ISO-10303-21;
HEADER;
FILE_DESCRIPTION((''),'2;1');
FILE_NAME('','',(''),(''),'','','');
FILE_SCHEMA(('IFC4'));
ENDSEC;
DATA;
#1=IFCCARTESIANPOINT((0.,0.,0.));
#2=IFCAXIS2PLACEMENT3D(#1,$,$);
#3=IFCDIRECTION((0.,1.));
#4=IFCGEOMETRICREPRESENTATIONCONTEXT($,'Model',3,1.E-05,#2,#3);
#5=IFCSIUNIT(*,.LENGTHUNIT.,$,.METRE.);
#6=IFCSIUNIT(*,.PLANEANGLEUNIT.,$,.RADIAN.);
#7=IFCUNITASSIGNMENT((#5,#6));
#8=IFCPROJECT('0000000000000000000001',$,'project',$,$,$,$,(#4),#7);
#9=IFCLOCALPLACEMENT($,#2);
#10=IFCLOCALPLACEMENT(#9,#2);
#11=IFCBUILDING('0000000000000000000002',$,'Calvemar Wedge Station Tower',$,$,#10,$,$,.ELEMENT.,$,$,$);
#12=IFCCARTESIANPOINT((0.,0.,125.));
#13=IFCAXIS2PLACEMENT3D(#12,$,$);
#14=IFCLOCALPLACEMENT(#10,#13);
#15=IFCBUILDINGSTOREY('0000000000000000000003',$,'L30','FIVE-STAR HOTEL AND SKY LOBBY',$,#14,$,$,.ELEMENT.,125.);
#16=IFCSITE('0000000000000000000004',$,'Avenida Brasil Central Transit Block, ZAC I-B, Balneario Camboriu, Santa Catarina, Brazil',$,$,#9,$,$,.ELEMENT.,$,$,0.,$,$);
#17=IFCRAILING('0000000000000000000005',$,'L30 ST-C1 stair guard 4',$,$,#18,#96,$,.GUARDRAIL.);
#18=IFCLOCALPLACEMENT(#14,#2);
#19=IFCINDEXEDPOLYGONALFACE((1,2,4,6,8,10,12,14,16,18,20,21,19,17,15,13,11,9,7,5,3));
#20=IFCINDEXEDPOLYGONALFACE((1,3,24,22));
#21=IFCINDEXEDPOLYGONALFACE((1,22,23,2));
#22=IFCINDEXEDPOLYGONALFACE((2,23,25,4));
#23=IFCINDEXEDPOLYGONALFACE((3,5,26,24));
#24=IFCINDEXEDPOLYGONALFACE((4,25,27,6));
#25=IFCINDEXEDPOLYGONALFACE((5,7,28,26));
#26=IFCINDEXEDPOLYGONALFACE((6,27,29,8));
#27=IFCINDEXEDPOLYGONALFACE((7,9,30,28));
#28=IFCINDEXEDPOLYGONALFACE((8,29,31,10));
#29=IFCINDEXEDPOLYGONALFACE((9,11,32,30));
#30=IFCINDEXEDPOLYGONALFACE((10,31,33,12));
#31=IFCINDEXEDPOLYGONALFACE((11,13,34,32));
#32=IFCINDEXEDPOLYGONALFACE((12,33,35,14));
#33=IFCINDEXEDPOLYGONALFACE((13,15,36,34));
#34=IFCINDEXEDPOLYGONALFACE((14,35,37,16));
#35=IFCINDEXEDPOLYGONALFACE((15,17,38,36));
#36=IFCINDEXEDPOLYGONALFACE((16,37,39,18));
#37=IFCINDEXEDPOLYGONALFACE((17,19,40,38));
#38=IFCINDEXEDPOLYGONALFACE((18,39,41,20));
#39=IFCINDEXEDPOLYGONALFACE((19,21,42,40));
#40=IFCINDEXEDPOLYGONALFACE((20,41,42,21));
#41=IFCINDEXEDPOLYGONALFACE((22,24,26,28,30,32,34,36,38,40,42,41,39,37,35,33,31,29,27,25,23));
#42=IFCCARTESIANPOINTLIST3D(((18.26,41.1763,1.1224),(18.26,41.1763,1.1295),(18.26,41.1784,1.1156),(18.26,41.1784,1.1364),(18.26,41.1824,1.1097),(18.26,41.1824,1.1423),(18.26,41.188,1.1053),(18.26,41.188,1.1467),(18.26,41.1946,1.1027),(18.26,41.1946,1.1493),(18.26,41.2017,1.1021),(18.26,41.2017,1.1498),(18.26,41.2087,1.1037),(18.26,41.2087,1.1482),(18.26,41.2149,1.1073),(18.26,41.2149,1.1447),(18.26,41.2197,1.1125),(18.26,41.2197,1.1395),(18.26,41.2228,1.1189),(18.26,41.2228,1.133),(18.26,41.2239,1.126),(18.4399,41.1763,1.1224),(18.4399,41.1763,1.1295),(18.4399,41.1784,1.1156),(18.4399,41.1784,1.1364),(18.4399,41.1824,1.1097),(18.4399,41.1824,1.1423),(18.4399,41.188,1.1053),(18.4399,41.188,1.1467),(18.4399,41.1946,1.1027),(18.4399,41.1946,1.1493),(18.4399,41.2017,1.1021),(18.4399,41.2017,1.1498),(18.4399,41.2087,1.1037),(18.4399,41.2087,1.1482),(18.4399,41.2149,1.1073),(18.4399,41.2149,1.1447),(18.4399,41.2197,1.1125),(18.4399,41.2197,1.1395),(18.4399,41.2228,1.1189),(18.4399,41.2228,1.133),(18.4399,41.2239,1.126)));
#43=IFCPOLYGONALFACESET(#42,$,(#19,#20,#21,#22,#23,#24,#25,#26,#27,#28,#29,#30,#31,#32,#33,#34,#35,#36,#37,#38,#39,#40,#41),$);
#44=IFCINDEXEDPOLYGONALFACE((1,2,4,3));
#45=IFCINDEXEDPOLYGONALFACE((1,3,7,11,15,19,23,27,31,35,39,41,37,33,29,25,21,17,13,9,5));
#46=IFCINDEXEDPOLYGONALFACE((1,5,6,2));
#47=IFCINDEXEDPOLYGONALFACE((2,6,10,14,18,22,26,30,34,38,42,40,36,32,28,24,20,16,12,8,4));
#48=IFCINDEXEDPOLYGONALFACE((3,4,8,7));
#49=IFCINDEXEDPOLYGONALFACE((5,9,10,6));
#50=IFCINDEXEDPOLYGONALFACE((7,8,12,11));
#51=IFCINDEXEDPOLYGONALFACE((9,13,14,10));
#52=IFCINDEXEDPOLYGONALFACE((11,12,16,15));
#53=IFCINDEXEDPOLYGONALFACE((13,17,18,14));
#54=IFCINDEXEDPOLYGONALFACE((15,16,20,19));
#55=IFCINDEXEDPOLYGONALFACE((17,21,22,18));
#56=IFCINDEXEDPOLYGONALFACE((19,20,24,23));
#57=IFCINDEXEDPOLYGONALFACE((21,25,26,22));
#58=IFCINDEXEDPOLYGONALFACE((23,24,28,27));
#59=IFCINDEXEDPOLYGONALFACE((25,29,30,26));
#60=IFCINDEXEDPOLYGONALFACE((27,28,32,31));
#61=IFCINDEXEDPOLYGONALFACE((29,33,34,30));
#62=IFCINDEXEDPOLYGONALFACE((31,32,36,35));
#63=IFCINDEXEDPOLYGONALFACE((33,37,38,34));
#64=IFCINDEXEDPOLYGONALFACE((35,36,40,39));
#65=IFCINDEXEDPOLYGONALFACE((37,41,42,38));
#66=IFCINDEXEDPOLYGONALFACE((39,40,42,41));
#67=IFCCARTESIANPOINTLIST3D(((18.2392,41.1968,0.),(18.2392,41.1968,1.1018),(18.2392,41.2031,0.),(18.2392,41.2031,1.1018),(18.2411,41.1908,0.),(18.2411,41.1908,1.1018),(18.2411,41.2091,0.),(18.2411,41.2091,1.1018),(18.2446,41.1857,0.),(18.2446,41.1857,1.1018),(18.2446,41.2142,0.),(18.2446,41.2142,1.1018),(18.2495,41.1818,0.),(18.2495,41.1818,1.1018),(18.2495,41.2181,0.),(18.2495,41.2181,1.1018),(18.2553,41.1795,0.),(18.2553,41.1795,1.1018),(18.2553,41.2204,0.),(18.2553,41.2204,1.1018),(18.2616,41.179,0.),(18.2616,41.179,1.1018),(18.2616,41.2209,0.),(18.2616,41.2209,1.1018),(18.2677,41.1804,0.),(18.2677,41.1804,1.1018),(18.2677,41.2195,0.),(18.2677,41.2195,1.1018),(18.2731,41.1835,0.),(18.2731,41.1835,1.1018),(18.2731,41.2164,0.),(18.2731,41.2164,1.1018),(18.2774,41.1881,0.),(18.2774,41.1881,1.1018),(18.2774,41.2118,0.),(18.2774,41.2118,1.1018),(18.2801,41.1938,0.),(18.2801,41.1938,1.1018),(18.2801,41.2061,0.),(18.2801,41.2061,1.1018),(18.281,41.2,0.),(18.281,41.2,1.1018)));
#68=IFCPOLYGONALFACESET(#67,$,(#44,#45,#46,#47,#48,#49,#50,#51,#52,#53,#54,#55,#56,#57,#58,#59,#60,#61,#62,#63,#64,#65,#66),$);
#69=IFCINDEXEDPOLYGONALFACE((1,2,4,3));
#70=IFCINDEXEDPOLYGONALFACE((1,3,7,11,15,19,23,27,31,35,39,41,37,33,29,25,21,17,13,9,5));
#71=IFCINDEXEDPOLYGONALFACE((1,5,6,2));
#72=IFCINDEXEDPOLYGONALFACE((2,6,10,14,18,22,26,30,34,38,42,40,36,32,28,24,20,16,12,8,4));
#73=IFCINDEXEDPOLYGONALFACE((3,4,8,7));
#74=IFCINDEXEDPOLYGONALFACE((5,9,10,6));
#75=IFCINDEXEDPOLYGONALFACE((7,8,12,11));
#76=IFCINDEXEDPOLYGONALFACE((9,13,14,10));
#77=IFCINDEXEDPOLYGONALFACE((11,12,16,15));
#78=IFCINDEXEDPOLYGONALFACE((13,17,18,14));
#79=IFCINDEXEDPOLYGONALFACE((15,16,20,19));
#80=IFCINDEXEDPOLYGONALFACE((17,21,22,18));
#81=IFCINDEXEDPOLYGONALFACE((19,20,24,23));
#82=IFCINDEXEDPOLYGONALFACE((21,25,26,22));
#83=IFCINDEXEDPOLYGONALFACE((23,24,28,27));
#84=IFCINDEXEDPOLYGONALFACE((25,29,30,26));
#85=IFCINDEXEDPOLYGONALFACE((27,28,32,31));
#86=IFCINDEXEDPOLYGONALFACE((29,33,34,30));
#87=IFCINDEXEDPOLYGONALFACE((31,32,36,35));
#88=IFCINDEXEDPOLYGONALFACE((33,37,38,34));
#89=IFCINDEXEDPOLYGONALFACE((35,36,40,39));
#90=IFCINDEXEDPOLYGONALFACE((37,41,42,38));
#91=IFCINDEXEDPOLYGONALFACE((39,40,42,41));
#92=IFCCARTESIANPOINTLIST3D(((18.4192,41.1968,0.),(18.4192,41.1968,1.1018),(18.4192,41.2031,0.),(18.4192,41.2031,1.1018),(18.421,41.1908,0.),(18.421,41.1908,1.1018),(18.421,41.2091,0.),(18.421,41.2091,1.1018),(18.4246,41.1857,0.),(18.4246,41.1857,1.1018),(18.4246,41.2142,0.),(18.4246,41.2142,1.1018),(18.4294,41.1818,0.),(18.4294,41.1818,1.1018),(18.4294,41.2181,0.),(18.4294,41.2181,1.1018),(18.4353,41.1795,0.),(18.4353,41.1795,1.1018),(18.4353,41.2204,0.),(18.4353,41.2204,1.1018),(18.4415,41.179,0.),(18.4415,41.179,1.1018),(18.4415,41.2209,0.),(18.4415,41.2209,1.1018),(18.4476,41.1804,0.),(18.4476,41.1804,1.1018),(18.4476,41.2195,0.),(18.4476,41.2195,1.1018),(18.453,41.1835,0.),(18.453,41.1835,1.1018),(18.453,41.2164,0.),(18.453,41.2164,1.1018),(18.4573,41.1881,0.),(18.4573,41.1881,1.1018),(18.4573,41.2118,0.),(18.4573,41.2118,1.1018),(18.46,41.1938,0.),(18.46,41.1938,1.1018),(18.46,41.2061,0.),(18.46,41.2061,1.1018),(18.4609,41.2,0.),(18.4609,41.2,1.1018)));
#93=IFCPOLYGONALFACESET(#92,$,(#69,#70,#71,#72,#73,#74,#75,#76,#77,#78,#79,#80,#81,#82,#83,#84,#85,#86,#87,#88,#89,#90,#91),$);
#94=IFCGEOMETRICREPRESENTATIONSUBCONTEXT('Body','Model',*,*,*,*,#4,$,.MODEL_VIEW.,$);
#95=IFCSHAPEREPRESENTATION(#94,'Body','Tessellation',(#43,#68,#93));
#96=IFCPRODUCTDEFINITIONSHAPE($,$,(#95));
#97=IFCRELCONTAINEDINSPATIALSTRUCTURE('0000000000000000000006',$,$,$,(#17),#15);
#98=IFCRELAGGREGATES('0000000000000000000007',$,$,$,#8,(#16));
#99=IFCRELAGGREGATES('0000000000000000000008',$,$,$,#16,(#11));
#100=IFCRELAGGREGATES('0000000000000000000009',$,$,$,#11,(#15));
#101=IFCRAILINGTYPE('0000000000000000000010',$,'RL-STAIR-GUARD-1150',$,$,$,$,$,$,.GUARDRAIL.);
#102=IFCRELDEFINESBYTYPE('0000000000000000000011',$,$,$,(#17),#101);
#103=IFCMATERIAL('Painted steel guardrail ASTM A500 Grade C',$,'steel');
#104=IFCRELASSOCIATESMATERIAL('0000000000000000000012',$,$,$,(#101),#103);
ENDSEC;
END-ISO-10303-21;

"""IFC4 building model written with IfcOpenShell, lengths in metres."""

from ifc_helpers import new_model, si_unit, direction, frame, origin, origin_2d, place, context, subcontext, project, spatial, circle, extrude, material, type_object, element, save


model = new_model("IFC4")

# Units and contexts
model_context = context("Model", 3, precision=1e-05, world=origin(), true_north=direction((0.0, 1.0)))
body_context = subcontext(model_context, "Body", "Model", "MODEL_VIEW")
ifc_project = project(units=[si_unit("LENGTHUNIT", "METRE"), si_unit("PLANEANGLEUNIT", "RADIAN")], contexts=[model_context])

# Site, building, storey
site_placement = place(None, origin())
site = spatial("IfcSite", under=ifc_project, at=site_placement, Name="Avenida Brasil Central Transit Block, ZAC I-B, Balneario Camboriu, Santa Catarina, Brazil", CompositionType="ELEMENT", RefElevation=0.0)
building_placement = place(site_placement, origin())
building = spatial("IfcBuilding", under=site, at=building_placement, Name="Calvemar Wedge Station Tower", CompositionType="ELEMENT")
storey_placement = place(building_placement, frame((0.0, 0.0, 125.0)))
storey = spatial("IfcBuildingStorey", under=building, at=storey_placement, Name="L30", Description="FIVE-STAR HOTEL AND SKY LOBBY", CompositionType="ELEMENT", Elevation=125.0)

# Railing
ifc_material_1 = material(Name="Painted steel guardrail ASTM A500 Grade C", Category="steel")
railing_type_1 = type_object("IfcRailingType", Name="RL-STAIR-GUARD-1150", PredefinedType="GUARDRAIL", material=ifc_material_1)
railing_1_placement = place(storey_placement, frame((18.26, 41.2, 0.0)))
element("IfcRailing", 1, at=railing_1_placement, inside=storey, type_object=railing_type_1, Name="L30 ST-C1 stair guard 4", PredefinedType="GUARDRAIL", context=body_context, shape_type="SweptSolid", body=[
    extrude(circle(Radius=0.0239, at=origin_2d()), frame((0.0, 0.0, 1.126), z_axis=(1.0, 0.0, 0.0), x_axis=(0.0, 1.0, 0.0)), (0.0, 0.0, 1.0), 0.1799),
    extrude(circle(Radius=0.021, at=origin_2d()), origin(), (0.0, 0.0, 1.0), 1.1018),
    extrude(circle(Radius=0.021, at=origin_2d()), frame((0.1799, 0.0, 0.0)), (0.0, 0.0, 1.0), 1.1018),
])

save(model, "model.ifc")
